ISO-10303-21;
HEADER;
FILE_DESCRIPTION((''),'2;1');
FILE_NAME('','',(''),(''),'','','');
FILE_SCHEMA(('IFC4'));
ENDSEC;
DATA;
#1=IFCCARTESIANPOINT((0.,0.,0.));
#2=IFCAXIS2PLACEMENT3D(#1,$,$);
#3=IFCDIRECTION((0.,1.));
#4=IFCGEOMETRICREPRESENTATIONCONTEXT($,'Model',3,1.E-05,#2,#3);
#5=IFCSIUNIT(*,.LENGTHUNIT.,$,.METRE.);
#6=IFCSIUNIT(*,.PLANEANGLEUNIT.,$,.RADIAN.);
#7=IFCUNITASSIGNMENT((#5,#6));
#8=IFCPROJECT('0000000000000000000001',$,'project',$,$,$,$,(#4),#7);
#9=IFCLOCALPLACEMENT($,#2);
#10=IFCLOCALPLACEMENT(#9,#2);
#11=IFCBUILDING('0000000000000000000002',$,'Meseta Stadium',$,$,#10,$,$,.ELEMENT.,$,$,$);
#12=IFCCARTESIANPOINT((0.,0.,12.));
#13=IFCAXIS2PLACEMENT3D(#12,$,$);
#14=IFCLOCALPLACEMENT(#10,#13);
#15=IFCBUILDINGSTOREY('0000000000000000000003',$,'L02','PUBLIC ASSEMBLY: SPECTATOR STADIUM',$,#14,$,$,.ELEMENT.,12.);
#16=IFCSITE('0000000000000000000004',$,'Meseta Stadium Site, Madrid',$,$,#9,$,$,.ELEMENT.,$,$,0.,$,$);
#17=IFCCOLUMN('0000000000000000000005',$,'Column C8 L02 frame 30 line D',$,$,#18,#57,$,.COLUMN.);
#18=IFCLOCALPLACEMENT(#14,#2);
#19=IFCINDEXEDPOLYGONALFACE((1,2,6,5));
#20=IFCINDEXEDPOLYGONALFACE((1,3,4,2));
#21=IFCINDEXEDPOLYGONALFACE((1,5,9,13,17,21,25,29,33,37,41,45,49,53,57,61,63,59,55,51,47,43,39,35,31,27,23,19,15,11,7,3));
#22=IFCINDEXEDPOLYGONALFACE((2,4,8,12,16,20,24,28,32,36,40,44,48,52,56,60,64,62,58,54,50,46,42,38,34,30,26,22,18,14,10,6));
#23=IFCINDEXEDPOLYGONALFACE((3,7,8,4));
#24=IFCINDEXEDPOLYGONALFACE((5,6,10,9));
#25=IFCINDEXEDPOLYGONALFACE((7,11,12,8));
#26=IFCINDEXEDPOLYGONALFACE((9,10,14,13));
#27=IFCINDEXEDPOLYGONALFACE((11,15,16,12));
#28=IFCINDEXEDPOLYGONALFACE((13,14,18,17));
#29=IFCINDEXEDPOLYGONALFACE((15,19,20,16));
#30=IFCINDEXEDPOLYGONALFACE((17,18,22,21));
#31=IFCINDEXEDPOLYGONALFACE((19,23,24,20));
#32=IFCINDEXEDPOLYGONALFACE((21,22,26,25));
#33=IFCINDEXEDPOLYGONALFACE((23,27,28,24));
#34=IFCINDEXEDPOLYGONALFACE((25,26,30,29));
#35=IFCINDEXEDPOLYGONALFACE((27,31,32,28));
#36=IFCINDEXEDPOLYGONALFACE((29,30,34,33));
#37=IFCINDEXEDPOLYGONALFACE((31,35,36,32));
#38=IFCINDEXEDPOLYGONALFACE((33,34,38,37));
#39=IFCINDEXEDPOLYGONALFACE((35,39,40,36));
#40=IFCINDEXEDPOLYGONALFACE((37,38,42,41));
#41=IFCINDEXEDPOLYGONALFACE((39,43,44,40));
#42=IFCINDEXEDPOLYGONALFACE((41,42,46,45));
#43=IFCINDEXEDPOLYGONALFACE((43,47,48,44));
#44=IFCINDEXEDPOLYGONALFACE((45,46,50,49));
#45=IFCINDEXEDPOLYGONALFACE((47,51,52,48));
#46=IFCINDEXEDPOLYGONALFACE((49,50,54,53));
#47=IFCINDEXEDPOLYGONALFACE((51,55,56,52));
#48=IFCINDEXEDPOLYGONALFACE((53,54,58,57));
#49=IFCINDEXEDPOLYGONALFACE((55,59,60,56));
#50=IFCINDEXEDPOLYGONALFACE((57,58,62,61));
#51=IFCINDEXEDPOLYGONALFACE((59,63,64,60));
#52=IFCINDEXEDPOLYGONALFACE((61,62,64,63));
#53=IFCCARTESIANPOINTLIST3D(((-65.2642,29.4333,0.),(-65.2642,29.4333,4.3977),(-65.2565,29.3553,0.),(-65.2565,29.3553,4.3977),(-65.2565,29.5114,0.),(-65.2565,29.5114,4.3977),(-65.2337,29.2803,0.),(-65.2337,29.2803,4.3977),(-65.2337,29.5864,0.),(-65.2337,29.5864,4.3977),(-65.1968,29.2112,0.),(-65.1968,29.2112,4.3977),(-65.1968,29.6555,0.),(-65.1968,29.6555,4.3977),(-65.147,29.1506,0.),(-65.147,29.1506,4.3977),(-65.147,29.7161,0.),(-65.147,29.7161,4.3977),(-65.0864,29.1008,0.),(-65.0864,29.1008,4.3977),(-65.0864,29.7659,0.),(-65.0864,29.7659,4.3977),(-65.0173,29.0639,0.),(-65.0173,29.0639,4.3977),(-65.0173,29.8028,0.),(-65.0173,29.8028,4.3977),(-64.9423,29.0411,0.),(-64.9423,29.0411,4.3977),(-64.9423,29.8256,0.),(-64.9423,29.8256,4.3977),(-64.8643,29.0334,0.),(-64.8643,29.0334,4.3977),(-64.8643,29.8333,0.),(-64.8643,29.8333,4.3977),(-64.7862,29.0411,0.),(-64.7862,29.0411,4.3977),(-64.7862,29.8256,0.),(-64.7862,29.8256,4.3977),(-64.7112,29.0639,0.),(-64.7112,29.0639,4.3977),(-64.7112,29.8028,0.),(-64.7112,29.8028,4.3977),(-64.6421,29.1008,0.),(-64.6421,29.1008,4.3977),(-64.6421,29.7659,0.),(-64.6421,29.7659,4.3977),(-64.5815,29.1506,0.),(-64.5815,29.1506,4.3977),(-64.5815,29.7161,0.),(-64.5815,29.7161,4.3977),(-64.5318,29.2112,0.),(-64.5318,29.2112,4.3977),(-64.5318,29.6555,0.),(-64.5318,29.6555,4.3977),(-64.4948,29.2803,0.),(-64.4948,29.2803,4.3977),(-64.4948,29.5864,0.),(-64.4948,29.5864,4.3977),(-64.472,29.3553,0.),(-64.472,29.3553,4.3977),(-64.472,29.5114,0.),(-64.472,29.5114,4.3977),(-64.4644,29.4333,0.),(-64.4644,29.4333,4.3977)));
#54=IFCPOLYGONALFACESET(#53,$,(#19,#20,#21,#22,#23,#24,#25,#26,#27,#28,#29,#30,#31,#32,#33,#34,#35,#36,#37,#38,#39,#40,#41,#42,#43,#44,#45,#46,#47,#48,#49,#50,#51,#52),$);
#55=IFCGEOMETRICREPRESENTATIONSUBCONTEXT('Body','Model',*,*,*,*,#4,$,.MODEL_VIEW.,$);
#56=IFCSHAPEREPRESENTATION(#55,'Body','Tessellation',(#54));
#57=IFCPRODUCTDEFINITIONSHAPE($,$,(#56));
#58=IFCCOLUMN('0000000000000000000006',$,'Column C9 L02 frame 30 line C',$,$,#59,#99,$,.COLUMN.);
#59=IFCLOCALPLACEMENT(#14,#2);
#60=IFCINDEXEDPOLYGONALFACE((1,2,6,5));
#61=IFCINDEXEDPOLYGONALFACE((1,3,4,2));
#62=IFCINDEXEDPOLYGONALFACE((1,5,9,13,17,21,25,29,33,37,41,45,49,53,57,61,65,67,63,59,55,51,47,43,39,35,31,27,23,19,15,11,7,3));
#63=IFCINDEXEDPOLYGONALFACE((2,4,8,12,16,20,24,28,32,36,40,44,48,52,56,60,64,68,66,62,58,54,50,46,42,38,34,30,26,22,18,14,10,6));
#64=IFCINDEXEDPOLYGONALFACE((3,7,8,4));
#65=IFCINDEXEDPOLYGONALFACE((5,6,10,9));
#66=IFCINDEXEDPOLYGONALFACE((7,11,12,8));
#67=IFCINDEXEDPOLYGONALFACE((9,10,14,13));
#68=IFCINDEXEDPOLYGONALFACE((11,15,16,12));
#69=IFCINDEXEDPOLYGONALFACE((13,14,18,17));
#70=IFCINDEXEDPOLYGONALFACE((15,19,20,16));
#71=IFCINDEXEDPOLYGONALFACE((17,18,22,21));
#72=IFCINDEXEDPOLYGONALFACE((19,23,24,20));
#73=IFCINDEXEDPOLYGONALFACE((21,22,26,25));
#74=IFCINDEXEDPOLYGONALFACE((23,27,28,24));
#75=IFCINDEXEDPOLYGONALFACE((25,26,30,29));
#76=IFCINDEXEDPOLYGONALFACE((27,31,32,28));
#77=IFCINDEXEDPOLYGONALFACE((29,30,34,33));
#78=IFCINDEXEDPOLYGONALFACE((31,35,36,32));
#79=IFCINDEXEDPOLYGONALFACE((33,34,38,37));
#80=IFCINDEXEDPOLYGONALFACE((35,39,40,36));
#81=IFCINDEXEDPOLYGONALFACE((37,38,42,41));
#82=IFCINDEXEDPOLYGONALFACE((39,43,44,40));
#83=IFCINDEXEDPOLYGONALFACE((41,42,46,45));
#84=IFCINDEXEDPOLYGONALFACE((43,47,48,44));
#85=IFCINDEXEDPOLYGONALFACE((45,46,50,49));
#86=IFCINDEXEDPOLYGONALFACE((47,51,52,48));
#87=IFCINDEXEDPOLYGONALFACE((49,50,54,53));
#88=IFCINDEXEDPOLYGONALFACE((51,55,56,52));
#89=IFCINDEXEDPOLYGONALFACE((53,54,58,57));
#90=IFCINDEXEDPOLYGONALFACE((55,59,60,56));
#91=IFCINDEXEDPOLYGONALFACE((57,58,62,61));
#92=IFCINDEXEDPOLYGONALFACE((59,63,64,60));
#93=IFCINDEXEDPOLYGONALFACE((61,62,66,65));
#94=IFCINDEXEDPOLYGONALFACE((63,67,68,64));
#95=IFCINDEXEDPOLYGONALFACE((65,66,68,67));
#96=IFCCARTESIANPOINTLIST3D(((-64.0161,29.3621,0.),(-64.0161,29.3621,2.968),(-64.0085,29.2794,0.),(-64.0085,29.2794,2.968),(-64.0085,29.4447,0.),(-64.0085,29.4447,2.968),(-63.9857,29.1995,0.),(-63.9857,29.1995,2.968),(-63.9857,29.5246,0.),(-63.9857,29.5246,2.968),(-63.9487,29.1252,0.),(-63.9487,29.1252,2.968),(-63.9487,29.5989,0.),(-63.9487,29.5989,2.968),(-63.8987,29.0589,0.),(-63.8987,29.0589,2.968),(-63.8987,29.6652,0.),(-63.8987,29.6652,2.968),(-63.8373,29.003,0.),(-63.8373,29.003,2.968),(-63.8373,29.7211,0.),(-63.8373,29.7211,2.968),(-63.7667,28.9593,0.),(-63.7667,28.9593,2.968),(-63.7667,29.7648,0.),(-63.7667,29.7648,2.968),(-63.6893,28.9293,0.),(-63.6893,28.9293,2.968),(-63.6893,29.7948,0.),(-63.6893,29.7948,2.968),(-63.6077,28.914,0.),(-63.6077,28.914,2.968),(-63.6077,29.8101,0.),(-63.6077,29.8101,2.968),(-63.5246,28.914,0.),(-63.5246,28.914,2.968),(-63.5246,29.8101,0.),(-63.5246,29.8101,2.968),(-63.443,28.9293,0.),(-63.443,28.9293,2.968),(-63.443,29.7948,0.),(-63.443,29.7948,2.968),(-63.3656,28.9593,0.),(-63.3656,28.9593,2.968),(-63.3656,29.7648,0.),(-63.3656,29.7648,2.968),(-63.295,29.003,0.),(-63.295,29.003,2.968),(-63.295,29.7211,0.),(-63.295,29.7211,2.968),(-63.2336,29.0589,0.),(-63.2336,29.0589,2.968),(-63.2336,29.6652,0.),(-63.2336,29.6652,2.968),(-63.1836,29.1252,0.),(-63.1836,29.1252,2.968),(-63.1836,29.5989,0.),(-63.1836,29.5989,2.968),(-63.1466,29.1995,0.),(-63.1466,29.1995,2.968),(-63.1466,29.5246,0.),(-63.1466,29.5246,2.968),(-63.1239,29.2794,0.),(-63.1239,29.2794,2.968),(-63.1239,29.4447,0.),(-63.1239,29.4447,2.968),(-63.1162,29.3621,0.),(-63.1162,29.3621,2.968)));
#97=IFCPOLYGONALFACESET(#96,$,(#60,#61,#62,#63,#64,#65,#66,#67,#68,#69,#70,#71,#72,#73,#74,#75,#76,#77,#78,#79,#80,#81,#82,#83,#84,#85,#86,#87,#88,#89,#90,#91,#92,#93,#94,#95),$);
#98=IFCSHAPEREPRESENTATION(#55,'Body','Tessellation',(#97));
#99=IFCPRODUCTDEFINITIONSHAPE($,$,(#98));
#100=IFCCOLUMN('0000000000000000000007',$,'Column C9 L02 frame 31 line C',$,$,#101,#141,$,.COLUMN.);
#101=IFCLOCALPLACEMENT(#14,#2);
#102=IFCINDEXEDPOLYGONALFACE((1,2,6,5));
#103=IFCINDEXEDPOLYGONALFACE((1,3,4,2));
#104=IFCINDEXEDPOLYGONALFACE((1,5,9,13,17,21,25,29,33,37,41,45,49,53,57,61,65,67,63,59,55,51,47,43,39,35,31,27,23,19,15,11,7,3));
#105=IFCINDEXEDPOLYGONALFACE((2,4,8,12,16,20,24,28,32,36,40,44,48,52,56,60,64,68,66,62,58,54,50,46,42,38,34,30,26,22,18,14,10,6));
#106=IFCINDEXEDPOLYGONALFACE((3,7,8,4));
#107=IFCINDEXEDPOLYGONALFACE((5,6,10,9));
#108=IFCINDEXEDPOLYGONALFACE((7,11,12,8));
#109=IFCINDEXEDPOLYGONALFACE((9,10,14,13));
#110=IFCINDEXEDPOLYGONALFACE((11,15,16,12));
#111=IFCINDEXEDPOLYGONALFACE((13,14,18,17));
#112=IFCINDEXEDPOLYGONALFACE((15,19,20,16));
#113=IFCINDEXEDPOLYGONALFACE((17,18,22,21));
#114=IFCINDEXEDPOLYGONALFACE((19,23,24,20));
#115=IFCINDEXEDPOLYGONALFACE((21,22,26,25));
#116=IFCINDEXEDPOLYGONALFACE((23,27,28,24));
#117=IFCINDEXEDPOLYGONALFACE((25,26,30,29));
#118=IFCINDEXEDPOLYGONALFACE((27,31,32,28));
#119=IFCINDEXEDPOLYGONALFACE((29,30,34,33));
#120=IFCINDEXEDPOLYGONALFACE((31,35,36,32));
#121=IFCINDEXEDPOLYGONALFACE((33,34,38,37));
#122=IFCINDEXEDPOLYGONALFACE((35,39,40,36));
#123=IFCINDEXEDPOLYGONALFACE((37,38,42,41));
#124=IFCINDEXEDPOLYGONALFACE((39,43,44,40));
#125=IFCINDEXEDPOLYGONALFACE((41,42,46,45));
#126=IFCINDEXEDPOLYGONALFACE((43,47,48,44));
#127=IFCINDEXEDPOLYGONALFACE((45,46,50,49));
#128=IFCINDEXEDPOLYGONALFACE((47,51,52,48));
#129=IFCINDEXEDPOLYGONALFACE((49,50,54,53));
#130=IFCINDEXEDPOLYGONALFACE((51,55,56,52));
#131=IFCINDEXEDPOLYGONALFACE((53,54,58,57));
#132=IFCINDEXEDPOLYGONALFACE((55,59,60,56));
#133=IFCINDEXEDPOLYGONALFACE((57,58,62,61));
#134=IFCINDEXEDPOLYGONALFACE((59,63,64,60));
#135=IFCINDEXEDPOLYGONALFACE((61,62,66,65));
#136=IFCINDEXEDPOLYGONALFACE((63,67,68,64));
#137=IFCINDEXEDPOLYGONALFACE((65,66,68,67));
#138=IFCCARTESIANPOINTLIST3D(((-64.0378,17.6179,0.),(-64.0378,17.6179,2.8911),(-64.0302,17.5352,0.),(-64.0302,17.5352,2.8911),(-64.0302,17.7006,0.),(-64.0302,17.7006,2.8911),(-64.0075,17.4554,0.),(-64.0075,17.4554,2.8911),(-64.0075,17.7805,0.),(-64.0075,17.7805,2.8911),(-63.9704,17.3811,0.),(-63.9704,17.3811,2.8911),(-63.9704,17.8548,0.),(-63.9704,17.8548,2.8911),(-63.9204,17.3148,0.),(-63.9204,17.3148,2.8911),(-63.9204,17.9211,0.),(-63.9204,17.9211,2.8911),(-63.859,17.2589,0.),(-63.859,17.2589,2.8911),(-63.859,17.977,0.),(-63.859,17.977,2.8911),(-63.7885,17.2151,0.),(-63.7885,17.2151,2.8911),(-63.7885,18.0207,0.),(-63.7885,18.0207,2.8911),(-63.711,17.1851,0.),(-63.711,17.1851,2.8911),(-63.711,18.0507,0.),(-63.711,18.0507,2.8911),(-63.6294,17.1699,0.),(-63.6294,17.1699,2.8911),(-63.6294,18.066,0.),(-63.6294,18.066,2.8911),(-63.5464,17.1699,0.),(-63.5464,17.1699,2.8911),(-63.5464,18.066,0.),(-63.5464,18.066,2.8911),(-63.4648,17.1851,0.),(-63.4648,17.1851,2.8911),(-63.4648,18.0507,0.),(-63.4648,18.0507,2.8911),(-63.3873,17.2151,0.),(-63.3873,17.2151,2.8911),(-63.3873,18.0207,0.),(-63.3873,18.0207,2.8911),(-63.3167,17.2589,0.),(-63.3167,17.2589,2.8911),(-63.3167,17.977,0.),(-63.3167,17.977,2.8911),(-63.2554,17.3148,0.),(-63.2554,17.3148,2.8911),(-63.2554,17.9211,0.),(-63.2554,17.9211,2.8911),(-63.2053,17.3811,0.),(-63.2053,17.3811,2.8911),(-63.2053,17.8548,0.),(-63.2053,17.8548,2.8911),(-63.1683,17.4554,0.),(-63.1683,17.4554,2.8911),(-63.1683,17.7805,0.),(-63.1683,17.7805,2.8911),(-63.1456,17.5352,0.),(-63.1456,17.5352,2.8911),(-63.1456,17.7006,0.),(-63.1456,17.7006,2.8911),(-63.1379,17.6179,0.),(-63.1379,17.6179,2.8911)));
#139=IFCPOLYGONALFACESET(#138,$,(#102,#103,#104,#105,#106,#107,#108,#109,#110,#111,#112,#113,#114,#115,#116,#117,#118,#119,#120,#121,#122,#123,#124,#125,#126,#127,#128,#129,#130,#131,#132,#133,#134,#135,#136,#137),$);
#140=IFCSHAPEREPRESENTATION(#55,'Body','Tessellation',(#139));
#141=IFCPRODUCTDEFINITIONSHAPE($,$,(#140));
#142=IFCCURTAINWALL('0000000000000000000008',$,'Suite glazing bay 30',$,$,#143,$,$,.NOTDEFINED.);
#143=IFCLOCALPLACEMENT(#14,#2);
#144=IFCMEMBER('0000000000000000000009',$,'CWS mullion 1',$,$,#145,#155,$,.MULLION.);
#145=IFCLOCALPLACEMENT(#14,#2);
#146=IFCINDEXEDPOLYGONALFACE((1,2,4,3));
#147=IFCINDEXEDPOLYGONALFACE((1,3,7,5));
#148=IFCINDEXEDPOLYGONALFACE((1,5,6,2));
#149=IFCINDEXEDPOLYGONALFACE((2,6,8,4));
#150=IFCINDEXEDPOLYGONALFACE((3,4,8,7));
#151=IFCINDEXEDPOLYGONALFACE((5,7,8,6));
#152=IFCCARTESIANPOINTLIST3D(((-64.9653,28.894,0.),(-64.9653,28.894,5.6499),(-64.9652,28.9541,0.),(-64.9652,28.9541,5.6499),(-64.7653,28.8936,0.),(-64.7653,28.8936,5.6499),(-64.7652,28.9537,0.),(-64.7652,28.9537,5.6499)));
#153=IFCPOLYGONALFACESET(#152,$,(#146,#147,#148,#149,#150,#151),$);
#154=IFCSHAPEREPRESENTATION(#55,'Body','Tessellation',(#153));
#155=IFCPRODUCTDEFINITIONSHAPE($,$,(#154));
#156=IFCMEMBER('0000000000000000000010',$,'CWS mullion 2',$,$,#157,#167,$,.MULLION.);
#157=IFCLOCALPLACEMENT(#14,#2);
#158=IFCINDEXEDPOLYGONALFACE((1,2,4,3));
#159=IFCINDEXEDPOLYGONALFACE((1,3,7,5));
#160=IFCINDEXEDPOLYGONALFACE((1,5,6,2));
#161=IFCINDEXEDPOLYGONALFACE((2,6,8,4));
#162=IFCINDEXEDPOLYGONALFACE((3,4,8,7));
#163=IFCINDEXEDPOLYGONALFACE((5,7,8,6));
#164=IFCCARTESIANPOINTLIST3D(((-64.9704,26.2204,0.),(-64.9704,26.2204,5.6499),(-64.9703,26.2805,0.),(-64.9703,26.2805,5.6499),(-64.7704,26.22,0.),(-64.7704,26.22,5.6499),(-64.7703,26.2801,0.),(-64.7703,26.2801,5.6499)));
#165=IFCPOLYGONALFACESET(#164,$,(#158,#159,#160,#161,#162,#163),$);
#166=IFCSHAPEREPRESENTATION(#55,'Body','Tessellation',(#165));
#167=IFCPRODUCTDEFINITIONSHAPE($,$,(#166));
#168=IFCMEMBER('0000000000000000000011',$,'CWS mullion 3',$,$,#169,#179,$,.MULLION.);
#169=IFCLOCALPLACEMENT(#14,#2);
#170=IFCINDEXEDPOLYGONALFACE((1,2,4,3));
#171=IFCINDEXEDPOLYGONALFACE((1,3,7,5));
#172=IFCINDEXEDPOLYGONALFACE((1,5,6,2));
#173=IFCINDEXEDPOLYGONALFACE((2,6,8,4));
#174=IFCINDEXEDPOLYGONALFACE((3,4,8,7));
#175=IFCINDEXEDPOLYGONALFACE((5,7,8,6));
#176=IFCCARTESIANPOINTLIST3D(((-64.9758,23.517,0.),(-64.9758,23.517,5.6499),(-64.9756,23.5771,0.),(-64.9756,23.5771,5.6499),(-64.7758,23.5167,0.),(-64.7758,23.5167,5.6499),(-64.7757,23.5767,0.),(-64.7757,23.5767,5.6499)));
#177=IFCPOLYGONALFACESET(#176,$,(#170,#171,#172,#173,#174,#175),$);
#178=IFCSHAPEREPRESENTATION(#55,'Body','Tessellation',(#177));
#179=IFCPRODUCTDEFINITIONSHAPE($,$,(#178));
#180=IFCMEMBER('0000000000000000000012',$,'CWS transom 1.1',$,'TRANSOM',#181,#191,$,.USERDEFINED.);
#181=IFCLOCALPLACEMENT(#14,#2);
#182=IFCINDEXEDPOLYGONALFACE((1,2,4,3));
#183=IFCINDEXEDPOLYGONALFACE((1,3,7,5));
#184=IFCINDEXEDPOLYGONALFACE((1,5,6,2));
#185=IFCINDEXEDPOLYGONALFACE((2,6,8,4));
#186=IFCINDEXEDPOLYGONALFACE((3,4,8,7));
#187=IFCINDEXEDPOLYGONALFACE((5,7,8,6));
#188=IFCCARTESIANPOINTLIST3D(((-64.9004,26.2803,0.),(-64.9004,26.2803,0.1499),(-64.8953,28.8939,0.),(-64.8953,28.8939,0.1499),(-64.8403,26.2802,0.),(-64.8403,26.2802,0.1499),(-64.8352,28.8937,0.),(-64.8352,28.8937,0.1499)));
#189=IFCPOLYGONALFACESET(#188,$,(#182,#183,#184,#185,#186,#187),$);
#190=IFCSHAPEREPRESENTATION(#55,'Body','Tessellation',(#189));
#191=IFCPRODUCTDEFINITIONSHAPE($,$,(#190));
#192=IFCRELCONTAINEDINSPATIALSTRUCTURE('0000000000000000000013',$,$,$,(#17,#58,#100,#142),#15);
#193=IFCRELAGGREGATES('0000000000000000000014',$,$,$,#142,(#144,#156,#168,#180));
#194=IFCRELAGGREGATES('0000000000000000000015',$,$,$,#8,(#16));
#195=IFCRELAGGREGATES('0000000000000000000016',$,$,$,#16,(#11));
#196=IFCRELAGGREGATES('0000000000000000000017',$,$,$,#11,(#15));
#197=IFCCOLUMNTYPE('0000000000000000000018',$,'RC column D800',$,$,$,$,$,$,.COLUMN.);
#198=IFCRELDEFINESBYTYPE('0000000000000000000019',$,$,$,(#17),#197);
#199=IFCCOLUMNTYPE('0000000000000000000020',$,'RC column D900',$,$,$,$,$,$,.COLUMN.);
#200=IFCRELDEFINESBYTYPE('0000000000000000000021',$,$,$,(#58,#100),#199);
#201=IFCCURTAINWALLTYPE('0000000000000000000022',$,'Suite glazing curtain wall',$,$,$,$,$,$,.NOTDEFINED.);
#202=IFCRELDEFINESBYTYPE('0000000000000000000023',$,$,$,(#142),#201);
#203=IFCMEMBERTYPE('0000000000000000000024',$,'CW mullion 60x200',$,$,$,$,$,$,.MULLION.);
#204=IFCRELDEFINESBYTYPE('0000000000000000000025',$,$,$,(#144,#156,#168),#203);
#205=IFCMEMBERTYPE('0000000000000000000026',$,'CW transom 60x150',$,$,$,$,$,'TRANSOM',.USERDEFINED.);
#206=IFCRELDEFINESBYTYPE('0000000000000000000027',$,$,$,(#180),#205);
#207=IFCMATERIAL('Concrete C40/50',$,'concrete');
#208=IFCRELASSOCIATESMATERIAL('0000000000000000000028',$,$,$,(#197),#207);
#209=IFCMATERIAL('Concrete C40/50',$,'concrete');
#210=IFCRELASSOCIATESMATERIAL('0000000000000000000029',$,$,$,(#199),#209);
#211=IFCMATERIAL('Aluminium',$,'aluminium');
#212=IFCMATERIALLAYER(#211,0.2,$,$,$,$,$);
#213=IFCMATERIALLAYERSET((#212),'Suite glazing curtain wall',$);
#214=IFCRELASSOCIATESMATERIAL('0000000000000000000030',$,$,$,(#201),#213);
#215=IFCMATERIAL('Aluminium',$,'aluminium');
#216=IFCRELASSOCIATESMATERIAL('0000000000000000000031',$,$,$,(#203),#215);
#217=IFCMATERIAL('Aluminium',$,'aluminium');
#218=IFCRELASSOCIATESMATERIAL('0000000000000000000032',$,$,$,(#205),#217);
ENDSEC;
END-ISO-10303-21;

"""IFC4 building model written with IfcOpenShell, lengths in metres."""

from ifc_helpers import new_model, si_unit, direction, frame, origin, origin_2d, place, context, subcontext, project, spatial, rectangle, circle, extrude, material, layer, layer_set, material_profile, profile_set, type_object, element, aggregate, save


model = new_model("IFC4")

# Units and contexts
model_context = context("Model", 3, precision=1e-05, world=origin(), true_north=direction((0.0, 1.0)))
body_context = subcontext(model_context, "Body", "Model", "MODEL_VIEW")
ifc_project = project(units=[si_unit("LENGTHUNIT", "METRE"), si_unit("PLANEANGLEUNIT", "RADIAN")], contexts=[model_context])

# Site, building, storey
site_placement = place(None, origin())
site = spatial("IfcSite", under=ifc_project, at=site_placement, Name="Meseta Stadium Site, Madrid", CompositionType="ELEMENT", RefElevation=0.0)
building_placement = place(site_placement, origin())
building = spatial("IfcBuilding", under=site, at=building_placement, Name="Meseta Stadium", CompositionType="ELEMENT")
storey_placement = place(building_placement, frame((0.0, 0.0, 12.0)))
storey = spatial("IfcBuildingStorey", under=building, at=storey_placement, Name="L02", Description="PUBLIC ASSEMBLY: SPECTATOR STADIUM", CompositionType="ELEMENT", Elevation=12.0)

# Columns
ifc_material_1 = material(Name="Concrete C40/50", Category="concrete")
ifc_material_profile_1 = material_profile(ifc_material_1, circle(Radius=0.3999, at=origin_2d()), Name="RC D800")
ifc_profile_set_1 = profile_set([ifc_material_profile_1], Name="Concrete C40/50")
column_type_1 = type_object("IfcColumnType", Name="RC column D800", PredefinedType="COLUMN", material=ifc_profile_set_1)
column_1_placement = place(storey_placement, frame((-64.8643, 29.4333, 0.0), z_axis=(0.0, 0.0, 1.0), x_axis=(1.0, 0.0, 0.0)))
element("IfcColumn", 1, at=column_1_placement, inside=storey, type_object=column_type_1, Name="Column C8 L02 frame 30 line D", PredefinedType="COLUMN", context=body_context, shape_type="SweptSolid", body=[
    extrude(circle(Radius=0.3999, at=origin_2d()), origin(), (0.0, 0.0, 1.0), 4.3977),
])
ifc_material_2 = material(Name="Concrete C40/50", Category="concrete")
ifc_material_profile_2 = material_profile(ifc_material_2, circle(Radius=0.45, at=origin_2d()), Name="RC D900")
ifc_profile_set_2 = profile_set([ifc_material_profile_2], Name="Concrete C40/50")
column_type_2 = type_object("IfcColumnType", Name="RC column D900", PredefinedType="COLUMN", material=ifc_profile_set_2)
column_2_placement = place(storey_placement, frame((-63.5662, 29.3621, 0.0), z_axis=(0.0, 0.0, 1.0), x_axis=(1.0, 0.0, 0.0)))
element("IfcColumn", 2, at=column_2_placement, inside=storey, type_object=column_type_2, Name="Column C9 L02 frame 30 line C", PredefinedType="COLUMN", context=body_context, shape_type="SweptSolid", body=[
    extrude(circle(Radius=0.45, at=origin_2d()), origin(), (0.0, 0.0, 1.0), 2.968),
])
column_3_placement = place(storey_placement, frame((-63.5879, 17.6179, 0.0), z_axis=(0.0, 0.0, 1.0), x_axis=(1.0, 0.0, 0.0)))
element("IfcColumn", 3, at=column_3_placement, inside=storey, type_object=column_type_2, Name="Column C9 L02 frame 31 line C", PredefinedType="COLUMN", context=body_context, shape_type="SweptSolid", body=[
    extrude(circle(Radius=0.45, at=origin_2d()), origin(), (0.0, 0.0, 1.0), 2.8911),
])

# Curtain wall, members
ifc_material_3 = material(Name="Aluminium", Category="aluminium")
ifc_layer_1 = layer(ifc_material_3, 0.2)
ifc_layer_set_1 = layer_set([ifc_layer_1], Name="Suite glazing curtain wall")
curtain_wall_type = type_object("IfcCurtainWallType", Name="Suite glazing curtain wall", PredefinedType="NOTDEFINED", material=ifc_layer_set_1)
curtain_wall_placement = place(storey_placement, origin())
curtain_wall = element("IfcCurtainWall", 4, at=curtain_wall_placement, inside=storey, type_object=curtain_wall_type, Name="Suite glazing bay 30", PredefinedType="NOTDEFINED")
ifc_material_4 = material(Name="Aluminium", Category="aluminium")
ifc_material_profile_3 = material_profile(ifc_material_4, rectangle(XDim=0.2, YDim=0.0601, at=origin_2d()), Name="CW 200x60")
ifc_profile_set_3 = profile_set([ifc_material_profile_3], Name="Aluminium")
member_type_1 = type_object("IfcMemberType", Name="CW mullion 60x200", PredefinedType="MULLION", material=ifc_profile_set_3)
member_1_placement = place(storey_placement, frame((-64.8652, 28.9238, 0.0), z_axis=(0.0, 0.0, 1.0), x_axis=(0.999998, -0.001947, 0.0)))
member_1 = element("IfcMember", 5, at=member_1_placement, type_object=member_type_1, Name="CWS mullion 1", PredefinedType="MULLION", context=body_context, shape_type="SweptSolid", body=[
    extrude(rectangle(XDim=0.2, YDim=0.0601, at=origin_2d()), origin(), (0.0, 0.0, 1.0), 5.6499),
])
member_2_placement = place(storey_placement, frame((-64.8704, 26.2502, 0.0), z_axis=(0.0, 0.0, 1.0), x_axis=(0.999998, -0.001947, 0.0)))
member_2 = element("IfcMember", 6, at=member_2_placement, type_object=member_type_1, Name="CWS mullion 2", PredefinedType="MULLION", context=body_context, shape_type="SweptSolid", body=[
    extrude(rectangle(XDim=0.2, YDim=0.0601, at=origin_2d()), origin(), (0.0, 0.0, 1.0), 5.6499),
])
member_3_placement = place(storey_placement, frame((-64.8757, 23.5469, 0.0), z_axis=(0.0, 0.0, 1.0), x_axis=(0.999998, -0.001947, 0.0)))
member_3 = element("IfcMember", 7, at=member_3_placement, type_object=member_type_1, Name="CWS mullion 3", PredefinedType="MULLION", context=body_context, shape_type="SweptSolid", body=[
    extrude(rectangle(XDim=0.2, YDim=0.0601, at=origin_2d()), origin(), (0.0, 0.0, 1.0), 5.6499),
])
ifc_material_5 = material(Name="Aluminium", Category="aluminium")
ifc_material_profile_4 = material_profile(ifc_material_5, rectangle(XDim=0.0601, YDim=0.1499, at=origin_2d()), Name="CW 60x150")
ifc_profile_set_4 = profile_set([ifc_material_profile_4], Name="Aluminium")
member_type_2 = type_object("IfcMemberType", Name="CW transom 60x150", ElementType="TRANSOM", PredefinedType="USERDEFINED", material=ifc_profile_set_4)
member_4_placement = place(storey_placement, frame((-64.8652, 28.8938, 0.075), z_axis=(-0.001962, -0.999998, 0.0), x_axis=(0.999998, -0.001962, 0.0)))
member_4 = element("IfcMember", 8, at=member_4_placement, type_object=member_type_2, Name="CWS transom 1.1", ObjectType="TRANSOM", PredefinedType="USERDEFINED", context=body_context, shape_type="SweptSolid", body=[
    extrude(rectangle(XDim=0.0601, YDim=0.1499, at=origin_2d()), origin(), (0.0, 0.0, 1.0), 2.6135),
])

aggregate(curtain_wall, [member_1, member_2, member_3, member_4])

save(model, "model.ifc")
